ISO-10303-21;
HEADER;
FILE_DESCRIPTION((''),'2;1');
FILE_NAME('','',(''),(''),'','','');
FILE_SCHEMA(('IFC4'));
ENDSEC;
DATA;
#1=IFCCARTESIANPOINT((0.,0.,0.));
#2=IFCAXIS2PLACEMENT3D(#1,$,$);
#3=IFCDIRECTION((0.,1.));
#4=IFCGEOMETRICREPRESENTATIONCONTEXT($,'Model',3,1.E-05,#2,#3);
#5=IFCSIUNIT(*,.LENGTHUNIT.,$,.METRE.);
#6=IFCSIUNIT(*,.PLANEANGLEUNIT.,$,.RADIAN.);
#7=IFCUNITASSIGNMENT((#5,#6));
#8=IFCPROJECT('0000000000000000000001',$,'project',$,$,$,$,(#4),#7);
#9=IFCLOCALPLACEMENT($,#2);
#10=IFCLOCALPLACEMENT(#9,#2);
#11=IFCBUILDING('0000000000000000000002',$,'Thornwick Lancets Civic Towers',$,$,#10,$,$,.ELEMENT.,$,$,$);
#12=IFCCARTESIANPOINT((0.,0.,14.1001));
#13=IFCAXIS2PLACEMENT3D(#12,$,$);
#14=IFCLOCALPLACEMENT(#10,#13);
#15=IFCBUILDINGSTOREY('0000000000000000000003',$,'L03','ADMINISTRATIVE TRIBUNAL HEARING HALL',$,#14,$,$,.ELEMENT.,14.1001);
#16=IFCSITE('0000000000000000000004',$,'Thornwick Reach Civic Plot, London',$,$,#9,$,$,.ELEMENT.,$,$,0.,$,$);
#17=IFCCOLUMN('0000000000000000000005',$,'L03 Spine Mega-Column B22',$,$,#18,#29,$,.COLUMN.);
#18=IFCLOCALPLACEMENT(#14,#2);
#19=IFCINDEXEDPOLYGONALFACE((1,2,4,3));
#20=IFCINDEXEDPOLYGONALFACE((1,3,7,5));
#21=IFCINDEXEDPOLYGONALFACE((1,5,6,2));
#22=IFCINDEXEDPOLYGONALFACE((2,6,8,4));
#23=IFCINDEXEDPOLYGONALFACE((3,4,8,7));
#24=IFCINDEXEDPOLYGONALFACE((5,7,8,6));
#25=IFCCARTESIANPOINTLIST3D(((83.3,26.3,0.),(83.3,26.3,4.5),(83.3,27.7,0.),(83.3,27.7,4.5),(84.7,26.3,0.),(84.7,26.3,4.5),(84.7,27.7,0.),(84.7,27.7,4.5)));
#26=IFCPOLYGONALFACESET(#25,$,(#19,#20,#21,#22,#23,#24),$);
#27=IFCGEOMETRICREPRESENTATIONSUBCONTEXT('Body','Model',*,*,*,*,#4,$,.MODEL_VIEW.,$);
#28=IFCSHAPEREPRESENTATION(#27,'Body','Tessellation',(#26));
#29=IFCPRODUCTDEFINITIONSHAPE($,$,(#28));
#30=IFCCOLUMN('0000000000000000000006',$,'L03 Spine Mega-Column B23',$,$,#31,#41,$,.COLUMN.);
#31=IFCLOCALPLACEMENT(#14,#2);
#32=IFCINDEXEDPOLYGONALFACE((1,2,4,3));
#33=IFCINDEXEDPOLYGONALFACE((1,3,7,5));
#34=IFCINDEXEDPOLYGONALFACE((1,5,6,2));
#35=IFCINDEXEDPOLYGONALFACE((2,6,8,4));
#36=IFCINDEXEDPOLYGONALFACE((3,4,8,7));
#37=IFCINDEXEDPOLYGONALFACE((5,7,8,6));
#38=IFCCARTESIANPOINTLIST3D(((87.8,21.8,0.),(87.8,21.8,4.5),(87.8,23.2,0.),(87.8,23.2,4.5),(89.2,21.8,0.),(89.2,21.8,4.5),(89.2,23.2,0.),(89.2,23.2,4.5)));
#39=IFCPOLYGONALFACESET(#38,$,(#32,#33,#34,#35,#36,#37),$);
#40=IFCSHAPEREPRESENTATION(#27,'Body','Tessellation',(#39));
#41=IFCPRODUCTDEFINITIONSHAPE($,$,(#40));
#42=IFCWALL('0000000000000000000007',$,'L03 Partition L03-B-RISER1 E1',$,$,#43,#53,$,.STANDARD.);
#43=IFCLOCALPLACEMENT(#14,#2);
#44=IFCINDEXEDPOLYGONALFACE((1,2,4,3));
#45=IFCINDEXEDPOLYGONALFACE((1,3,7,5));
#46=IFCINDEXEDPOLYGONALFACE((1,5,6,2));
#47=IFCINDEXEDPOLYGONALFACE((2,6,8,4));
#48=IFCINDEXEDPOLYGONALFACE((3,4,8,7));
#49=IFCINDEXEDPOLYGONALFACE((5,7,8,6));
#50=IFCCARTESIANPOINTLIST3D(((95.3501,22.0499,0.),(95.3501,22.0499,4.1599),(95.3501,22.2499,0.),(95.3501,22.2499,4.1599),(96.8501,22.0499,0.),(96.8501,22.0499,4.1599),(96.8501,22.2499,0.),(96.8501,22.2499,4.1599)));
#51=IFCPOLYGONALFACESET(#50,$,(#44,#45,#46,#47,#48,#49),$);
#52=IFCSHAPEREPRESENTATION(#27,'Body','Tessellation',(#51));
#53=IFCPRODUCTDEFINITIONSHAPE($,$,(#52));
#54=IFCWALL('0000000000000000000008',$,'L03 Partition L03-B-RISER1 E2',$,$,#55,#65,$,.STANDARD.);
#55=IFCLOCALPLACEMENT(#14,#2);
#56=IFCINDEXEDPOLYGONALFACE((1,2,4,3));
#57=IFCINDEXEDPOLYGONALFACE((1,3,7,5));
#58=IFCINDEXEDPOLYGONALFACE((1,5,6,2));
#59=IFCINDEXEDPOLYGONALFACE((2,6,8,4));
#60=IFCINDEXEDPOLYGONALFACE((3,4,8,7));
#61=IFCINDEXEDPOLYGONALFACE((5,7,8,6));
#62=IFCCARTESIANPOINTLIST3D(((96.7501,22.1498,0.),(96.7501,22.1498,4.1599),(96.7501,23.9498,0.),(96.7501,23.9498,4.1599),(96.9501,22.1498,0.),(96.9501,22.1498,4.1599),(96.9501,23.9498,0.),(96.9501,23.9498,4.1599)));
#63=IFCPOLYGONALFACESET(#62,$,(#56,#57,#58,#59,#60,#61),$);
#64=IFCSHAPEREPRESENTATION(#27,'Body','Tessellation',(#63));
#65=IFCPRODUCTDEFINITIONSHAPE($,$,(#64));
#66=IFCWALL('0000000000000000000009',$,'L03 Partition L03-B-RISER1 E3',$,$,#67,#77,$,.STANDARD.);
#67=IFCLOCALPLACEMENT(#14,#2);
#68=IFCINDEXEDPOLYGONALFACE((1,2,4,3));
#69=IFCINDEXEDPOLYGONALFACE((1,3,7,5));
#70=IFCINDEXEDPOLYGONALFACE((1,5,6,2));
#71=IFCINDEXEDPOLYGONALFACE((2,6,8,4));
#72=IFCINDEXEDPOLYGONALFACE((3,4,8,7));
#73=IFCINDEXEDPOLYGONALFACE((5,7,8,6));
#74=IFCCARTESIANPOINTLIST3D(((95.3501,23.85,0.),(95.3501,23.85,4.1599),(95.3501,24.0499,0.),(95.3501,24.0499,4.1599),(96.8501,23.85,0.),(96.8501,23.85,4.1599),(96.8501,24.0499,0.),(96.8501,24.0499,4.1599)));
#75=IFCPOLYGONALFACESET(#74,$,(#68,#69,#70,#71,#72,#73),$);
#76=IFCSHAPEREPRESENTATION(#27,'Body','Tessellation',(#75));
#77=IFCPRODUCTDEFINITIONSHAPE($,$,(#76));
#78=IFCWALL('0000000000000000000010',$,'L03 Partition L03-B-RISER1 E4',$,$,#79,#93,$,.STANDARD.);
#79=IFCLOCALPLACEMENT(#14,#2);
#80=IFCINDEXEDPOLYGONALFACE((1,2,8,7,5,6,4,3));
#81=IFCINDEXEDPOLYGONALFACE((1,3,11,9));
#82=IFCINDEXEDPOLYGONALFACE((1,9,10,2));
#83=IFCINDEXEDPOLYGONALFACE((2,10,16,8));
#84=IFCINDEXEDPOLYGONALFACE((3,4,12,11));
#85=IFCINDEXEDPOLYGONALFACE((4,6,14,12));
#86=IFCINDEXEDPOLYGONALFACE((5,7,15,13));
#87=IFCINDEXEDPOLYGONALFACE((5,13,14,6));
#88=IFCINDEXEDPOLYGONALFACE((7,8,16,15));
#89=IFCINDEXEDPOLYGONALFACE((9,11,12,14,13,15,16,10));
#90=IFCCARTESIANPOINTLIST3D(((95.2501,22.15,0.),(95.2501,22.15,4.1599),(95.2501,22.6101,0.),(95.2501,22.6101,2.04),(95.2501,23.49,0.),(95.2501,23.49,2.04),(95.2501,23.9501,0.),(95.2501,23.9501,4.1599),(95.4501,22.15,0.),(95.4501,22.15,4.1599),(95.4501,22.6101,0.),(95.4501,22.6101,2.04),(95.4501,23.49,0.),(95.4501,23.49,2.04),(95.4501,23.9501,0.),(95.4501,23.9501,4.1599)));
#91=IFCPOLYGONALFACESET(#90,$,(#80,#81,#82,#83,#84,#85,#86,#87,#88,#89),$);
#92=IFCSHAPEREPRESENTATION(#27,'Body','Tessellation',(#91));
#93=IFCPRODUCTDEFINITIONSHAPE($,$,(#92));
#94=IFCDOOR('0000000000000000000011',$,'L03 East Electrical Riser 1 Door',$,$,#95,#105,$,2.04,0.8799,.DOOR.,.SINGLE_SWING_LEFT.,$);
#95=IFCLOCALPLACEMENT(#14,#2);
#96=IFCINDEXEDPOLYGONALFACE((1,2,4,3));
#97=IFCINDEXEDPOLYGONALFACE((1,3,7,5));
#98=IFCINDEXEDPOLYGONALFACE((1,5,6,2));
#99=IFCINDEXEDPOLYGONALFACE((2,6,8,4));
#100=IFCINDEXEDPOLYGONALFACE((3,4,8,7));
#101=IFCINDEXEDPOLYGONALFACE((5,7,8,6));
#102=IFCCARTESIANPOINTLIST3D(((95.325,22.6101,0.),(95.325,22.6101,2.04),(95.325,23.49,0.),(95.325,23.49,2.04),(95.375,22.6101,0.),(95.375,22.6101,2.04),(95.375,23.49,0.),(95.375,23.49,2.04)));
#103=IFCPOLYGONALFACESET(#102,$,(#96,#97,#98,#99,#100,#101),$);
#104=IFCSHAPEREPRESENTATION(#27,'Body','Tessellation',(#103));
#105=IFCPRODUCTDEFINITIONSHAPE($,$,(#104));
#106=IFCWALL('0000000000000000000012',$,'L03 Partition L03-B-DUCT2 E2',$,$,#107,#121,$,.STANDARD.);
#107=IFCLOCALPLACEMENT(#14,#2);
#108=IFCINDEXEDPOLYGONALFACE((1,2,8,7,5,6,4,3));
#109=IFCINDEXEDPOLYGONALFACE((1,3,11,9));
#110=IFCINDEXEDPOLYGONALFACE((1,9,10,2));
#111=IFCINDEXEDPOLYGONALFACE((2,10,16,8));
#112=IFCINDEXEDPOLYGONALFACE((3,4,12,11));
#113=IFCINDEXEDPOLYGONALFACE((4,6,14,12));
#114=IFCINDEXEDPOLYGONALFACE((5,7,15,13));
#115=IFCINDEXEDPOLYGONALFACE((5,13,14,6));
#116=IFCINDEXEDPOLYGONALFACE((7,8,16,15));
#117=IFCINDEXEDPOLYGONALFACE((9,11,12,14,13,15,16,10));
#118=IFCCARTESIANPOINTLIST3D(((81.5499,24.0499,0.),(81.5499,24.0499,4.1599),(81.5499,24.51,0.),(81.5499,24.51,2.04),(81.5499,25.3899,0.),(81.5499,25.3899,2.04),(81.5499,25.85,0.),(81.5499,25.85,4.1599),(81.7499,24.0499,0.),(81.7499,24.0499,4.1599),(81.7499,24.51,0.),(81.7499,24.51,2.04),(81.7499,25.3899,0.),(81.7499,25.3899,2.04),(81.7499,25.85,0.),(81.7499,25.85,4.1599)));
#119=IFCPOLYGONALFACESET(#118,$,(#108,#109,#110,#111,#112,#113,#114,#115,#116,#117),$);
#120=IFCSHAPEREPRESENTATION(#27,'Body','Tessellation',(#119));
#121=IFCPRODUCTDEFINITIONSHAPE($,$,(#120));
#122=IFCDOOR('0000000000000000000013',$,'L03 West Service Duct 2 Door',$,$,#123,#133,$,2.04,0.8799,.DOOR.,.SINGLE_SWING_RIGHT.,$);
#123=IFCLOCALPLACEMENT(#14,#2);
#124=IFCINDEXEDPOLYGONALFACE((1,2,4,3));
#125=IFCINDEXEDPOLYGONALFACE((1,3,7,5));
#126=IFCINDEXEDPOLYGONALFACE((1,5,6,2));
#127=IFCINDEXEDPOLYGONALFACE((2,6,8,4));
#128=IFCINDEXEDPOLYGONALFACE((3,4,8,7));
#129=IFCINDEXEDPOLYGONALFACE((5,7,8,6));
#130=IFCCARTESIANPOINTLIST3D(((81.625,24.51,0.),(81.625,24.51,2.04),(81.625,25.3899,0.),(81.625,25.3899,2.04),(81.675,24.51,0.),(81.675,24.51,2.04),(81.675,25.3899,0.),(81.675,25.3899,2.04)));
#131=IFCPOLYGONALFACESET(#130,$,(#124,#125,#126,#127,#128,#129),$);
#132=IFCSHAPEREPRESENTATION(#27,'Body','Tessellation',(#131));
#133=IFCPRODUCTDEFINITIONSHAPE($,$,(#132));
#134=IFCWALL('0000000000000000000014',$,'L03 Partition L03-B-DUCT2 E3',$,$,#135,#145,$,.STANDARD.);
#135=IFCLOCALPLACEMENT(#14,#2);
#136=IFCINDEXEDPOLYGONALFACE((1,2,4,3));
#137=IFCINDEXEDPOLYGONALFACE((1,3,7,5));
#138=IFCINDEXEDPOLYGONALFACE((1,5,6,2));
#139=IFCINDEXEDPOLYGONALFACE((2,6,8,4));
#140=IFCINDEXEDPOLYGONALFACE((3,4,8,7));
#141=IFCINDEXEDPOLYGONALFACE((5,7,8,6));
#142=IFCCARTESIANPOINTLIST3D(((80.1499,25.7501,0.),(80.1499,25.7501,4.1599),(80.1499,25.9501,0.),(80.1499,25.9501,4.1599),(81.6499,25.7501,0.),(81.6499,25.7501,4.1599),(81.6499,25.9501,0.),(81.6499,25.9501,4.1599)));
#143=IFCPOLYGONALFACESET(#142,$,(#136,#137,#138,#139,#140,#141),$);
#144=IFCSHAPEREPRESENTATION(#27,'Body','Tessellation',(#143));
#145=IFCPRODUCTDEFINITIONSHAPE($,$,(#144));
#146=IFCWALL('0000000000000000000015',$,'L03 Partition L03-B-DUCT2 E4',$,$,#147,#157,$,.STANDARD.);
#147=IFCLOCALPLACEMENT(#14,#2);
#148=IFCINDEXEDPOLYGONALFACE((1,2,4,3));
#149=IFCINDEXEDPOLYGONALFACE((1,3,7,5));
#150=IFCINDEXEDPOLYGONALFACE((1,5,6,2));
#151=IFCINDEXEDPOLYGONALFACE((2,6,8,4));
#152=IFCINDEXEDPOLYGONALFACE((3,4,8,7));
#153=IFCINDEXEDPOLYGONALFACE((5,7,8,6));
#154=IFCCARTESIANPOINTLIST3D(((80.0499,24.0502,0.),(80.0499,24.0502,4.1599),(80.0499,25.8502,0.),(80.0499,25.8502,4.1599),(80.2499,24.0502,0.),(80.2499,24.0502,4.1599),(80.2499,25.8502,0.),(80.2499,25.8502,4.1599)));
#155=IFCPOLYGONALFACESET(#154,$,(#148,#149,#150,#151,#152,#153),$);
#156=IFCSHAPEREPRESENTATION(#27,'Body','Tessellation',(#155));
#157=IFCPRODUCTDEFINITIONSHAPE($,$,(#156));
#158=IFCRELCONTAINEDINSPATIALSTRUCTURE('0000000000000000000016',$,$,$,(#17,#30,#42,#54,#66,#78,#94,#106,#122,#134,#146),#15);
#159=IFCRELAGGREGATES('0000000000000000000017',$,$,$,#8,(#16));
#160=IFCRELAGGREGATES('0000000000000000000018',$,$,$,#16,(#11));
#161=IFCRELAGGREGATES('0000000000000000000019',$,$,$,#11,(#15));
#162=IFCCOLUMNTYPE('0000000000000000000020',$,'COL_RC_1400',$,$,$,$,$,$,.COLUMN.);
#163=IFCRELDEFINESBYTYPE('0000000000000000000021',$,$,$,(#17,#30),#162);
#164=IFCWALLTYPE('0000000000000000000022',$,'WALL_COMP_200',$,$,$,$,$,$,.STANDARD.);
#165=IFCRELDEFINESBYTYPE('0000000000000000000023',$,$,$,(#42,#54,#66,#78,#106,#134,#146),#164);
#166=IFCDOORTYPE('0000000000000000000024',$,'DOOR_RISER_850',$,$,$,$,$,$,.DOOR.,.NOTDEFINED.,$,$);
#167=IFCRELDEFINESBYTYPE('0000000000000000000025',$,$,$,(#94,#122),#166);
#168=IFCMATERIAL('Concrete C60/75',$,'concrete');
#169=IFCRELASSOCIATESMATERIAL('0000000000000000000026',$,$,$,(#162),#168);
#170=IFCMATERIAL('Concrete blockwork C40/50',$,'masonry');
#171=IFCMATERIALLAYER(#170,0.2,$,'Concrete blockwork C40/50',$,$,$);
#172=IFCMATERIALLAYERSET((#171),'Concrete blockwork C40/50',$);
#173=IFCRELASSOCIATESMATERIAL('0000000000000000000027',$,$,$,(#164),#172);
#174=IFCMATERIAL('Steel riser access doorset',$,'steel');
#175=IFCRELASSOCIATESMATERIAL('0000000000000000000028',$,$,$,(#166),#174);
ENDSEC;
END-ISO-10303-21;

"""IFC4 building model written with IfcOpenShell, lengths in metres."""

from ifc_helpers import new_model, si_unit, direction, frame, frame_2d, origin, origin_2d, place, context, subcontext, project, spatial, rectangle, extrude, material, layer, layer_set, material_profile, profile_set, type_object, element, fill, save


model = new_model("IFC4")

# Units and contexts
model_context = context("Model", 3, precision=1e-05, world=origin(), true_north=direction((0.0, 1.0)))
body_context = subcontext(model_context, "Body", "Model", "MODEL_VIEW")
ifc_project = project(units=[si_unit("LENGTHUNIT", "METRE"), si_unit("PLANEANGLEUNIT", "RADIAN")], contexts=[model_context])

# Site, building, storey
site_placement = place(None, origin())
site = spatial("IfcSite", under=ifc_project, at=site_placement, Name="Thornwick Reach Civic Plot, London", CompositionType="ELEMENT", RefElevation=0.0)
building_placement = place(site_placement, origin())
building = spatial("IfcBuilding", under=site, at=building_placement, Name="Thornwick Lancets Civic Towers", CompositionType="ELEMENT")
storey_placement = place(building_placement, frame((0.0, 0.0, 14.1001)))
storey = spatial("IfcBuildingStorey", under=building, at=storey_placement, Name="L03", Description="ADMINISTRATIVE TRIBUNAL HEARING HALL", CompositionType="ELEMENT", Elevation=14.1001)

# Columns
ifc_material_1 = material(Name="Concrete C60/75", Category="concrete")
ifc_material_profile = material_profile(ifc_material_1, rectangle(XDim=1.3999, YDim=1.3999, at=origin_2d()), Name="RC 1400x1400")
ifc_profile_set = profile_set([ifc_material_profile], Name="Concrete C60/75")
column_type = type_object("IfcColumnType", Name="COL_RC_1400", PredefinedType="COLUMN", material=ifc_profile_set)
for number, where, z_axis, x_axis, name in (
    (1, (84.0, 27.0, 0.0), (0.0, 0.0, 1.0), (1.0, 0.0, 0.0), "L03 Spine Mega-Column B22"),
    (2, (88.5, 22.5, 0.0), (0.0, 0.0, 1.0), (1.0, 0.0, 0.0), "L03 Spine Mega-Column B23"),
):
    element("IfcColumn", number, at=place(storey_placement, frame(where, z_axis=z_axis, x_axis=x_axis)), inside=storey, type_object=column_type, Name=name, PredefinedType="COLUMN", context=body_context, shape_type="SweptSolid", body=[
        extrude(rectangle(XDim=1.3999, YDim=1.3999, at=origin_2d()), origin(), (0.0, 0.0, 1.0), 4.5),
    ])

# Walls
ifc_material_2 = material(Name="Concrete blockwork C40/50", Category="masonry")
ifc_layer_1 = layer(ifc_material_2, 0.2, Name="Concrete blockwork C40/50")
ifc_layer_set_1 = layer_set([ifc_layer_1], Name="Concrete blockwork C40/50")
wall_type_1 = type_object("IfcWallType", Name="WALL_COMP_200", PredefinedType="STANDARD", material=ifc_layer_set_1)
wall_1_placement = place(storey_placement, frame((95.3501, 22.1499, 0.0), z_axis=(0.0, 0.0, 1.0), x_axis=(1.0, 0.0, 0.0)))
element("IfcWall", 3, at=wall_1_placement, inside=storey, type_object=wall_type_1, Name="L03 Partition L03-B-RISER1 E1", PredefinedType="STANDARD", context=body_context, shape_type="SweptSolid", body=[
    extrude(rectangle(XDim=1.5, YDim=0.2, at=frame_2d((0.75, 0.0))), origin(), (0.0, 0.0, 1.0), 4.1599),
])
wall_2_placement = place(storey_placement, frame((96.8501, 22.1499, 0.0), z_axis=(0.0, 0.0, 1.0), x_axis=(0.0, 1.0, 0.0)))
element("IfcWall", 4, at=wall_2_placement, inside=storey, type_object=wall_type_1, Name="L03 Partition L03-B-RISER1 E2", PredefinedType="STANDARD", context=body_context, shape_type="SweptSolid", body=[
    extrude(rectangle(XDim=1.8, YDim=0.2, at=frame_2d((0.8999, 0.0))), origin(), (0.0, 0.0, 1.0), 4.1599),
])
wall_3_placement = place(storey_placement, frame((96.8501, 23.95, 0.0), z_axis=(0.0, 0.0, 1.0), x_axis=(-1.0, 0.0, 0.0)))
element("IfcWall", 5, at=wall_3_placement, inside=storey, type_object=wall_type_1, Name="L03 Partition L03-B-RISER1 E3", PredefinedType="STANDARD", context=body_context, shape_type="SweptSolid", body=[
    extrude(rectangle(XDim=1.5, YDim=0.2, at=frame_2d((0.75, 0.0))), origin(), (0.0, 0.0, 1.0), 4.1599),
])

# Walls, openings, doors
wall_4_placement = place(storey_placement, frame((95.3501, 23.95, 0.0), z_axis=(0.0, 0.0, 1.0), x_axis=(0.0, -1.0, 0.0)))
wall_4 = element("IfcWall", 6, at=wall_4_placement, inside=storey, type_object=wall_type_1, Name="L03 Partition L03-B-RISER1 E4", PredefinedType="STANDARD", context=body_context, shape_type="SweptSolid", body=[
    extrude(rectangle(XDim=1.8, YDim=0.2, at=frame_2d((0.8999, 0.0))), origin(), (0.0, 0.0, 1.0), 4.1599),
])
opening_1_placement = place(wall_4_placement, frame((0.46, 0.0, 0.0)))
opening_1 = element("IfcOpeningElement", 7, at=opening_1_placement, cuts=wall_4, PredefinedType="OPENING", context=body_context, shape_type="SweptSolid", body=[
    extrude(rectangle(XDim=0.8799, YDim=2.04, at=frame_2d((0.4399, 1.02))), frame((0.0, 0.1099, 0.0), z_axis=(0.0, -1.0, 0.0), x_axis=(1.0, 0.0, 0.0)), (0.0, 0.0, 1.0), 0.22),
])
ifc_material_3 = material(Name="Steel riser access doorset", Category="steel")
door_type_1 = type_object("IfcDoorType", Name="DOOR_RISER_850", OperationType="NOTDEFINED", PredefinedType="DOOR", material=ifc_material_3)
door_1_placement = place(opening_1_placement, origin())
door_1 = element("IfcDoor", 8, at=door_1_placement, inside=storey, type_object=door_type_1, Name="L03 East Electrical Riser 1 Door", OperationType="SINGLE_SWING_LEFT", OverallHeight=2.04, OverallWidth=0.8799, PredefinedType="DOOR", context=body_context, shape_type="SweptSolid", body=[
    extrude(rectangle(XDim=0.8799, YDim=2.04, at=frame_2d((0.4399, 1.02))), frame((0.0, 0.0249, 0.0), z_axis=(0.0, -1.0, 0.0), x_axis=(1.0, 0.0, 0.0)), (0.0, 0.0, 1.0), 0.05),
])
fill(opening_1, door_1)
wall_5_placement = place(storey_placement, frame((81.6499, 24.05, 0.0), z_axis=(0.0, 0.0, 1.0), x_axis=(0.0, 1.0, 0.0)))
wall_5 = element("IfcWall", 9, at=wall_5_placement, inside=storey, type_object=wall_type_1, Name="L03 Partition L03-B-DUCT2 E2", PredefinedType="STANDARD", context=body_context, shape_type="SweptSolid", body=[
    extrude(rectangle(XDim=1.8, YDim=0.2, at=frame_2d((0.8999, 0.0))), origin(), (0.0, 0.0, 1.0), 4.1599),
])
opening_2_placement = place(wall_5_placement, frame((0.46, 0.0, 0.0)))
opening_2 = element("IfcOpeningElement", 10, at=opening_2_placement, cuts=wall_5, PredefinedType="OPENING", context=body_context, shape_type="SweptSolid", body=[
    extrude(rectangle(XDim=0.8799, YDim=2.04, at=frame_2d((0.4399, 1.02))), frame((0.0, 0.1099, 0.0), z_axis=(0.0, -1.0, 0.0), x_axis=(1.0, 0.0, 0.0)), (0.0, 0.0, 1.0), 0.22),
])
door_2_placement = place(opening_2_placement, origin())
door_2 = element("IfcDoor", 11, at=door_2_placement, inside=storey, type_object=door_type_1, Name="L03 West Service Duct 2 Door", OperationType="SINGLE_SWING_RIGHT", OverallHeight=2.04, OverallWidth=0.8799, PredefinedType="DOOR", context=body_context, shape_type="SweptSolid", body=[
    extrude(rectangle(XDim=0.8799, YDim=2.04, at=frame_2d((0.4399, 1.02))), frame((0.0, 0.0249, 0.0), z_axis=(0.0, -1.0, 0.0), x_axis=(1.0, 0.0, 0.0)), (0.0, 0.0, 1.0), 0.05),
])
fill(opening_2, door_2)

# Walls
wall_6_placement = place(storey_placement, frame((81.6499, 25.8501, 0.0), z_axis=(0.0, 0.0, 1.0), x_axis=(-1.0, 0.0, 0.0)))
element("IfcWall", 12, at=wall_6_placement, inside=storey, type_object=wall_type_1, Name="L03 Partition L03-B-DUCT2 E3", PredefinedType="STANDARD", context=body_context, shape_type="SweptSolid", body=[
    extrude(rectangle(XDim=1.5, YDim=0.2, at=frame_2d((0.75, 0.0))), origin(), (0.0, 0.0, 1.0), 4.1599),
])
wall_7_placement = place(storey_placement, frame((80.1499, 25.8501, 0.0), z_axis=(0.0, 0.0, 1.0), x_axis=(0.0, -1.0, 0.0)))
element("IfcWall", 13, at=wall_7_placement, inside=storey, type_object=wall_type_1, Name="L03 Partition L03-B-DUCT2 E4", PredefinedType="STANDARD", context=body_context, shape_type="SweptSolid", body=[
    extrude(rectangle(XDim=1.8, YDim=0.2, at=frame_2d((0.8999, 0.0))), origin(), (0.0, 0.0, 1.0), 4.1599),
])

save(model, "model.ifc")
